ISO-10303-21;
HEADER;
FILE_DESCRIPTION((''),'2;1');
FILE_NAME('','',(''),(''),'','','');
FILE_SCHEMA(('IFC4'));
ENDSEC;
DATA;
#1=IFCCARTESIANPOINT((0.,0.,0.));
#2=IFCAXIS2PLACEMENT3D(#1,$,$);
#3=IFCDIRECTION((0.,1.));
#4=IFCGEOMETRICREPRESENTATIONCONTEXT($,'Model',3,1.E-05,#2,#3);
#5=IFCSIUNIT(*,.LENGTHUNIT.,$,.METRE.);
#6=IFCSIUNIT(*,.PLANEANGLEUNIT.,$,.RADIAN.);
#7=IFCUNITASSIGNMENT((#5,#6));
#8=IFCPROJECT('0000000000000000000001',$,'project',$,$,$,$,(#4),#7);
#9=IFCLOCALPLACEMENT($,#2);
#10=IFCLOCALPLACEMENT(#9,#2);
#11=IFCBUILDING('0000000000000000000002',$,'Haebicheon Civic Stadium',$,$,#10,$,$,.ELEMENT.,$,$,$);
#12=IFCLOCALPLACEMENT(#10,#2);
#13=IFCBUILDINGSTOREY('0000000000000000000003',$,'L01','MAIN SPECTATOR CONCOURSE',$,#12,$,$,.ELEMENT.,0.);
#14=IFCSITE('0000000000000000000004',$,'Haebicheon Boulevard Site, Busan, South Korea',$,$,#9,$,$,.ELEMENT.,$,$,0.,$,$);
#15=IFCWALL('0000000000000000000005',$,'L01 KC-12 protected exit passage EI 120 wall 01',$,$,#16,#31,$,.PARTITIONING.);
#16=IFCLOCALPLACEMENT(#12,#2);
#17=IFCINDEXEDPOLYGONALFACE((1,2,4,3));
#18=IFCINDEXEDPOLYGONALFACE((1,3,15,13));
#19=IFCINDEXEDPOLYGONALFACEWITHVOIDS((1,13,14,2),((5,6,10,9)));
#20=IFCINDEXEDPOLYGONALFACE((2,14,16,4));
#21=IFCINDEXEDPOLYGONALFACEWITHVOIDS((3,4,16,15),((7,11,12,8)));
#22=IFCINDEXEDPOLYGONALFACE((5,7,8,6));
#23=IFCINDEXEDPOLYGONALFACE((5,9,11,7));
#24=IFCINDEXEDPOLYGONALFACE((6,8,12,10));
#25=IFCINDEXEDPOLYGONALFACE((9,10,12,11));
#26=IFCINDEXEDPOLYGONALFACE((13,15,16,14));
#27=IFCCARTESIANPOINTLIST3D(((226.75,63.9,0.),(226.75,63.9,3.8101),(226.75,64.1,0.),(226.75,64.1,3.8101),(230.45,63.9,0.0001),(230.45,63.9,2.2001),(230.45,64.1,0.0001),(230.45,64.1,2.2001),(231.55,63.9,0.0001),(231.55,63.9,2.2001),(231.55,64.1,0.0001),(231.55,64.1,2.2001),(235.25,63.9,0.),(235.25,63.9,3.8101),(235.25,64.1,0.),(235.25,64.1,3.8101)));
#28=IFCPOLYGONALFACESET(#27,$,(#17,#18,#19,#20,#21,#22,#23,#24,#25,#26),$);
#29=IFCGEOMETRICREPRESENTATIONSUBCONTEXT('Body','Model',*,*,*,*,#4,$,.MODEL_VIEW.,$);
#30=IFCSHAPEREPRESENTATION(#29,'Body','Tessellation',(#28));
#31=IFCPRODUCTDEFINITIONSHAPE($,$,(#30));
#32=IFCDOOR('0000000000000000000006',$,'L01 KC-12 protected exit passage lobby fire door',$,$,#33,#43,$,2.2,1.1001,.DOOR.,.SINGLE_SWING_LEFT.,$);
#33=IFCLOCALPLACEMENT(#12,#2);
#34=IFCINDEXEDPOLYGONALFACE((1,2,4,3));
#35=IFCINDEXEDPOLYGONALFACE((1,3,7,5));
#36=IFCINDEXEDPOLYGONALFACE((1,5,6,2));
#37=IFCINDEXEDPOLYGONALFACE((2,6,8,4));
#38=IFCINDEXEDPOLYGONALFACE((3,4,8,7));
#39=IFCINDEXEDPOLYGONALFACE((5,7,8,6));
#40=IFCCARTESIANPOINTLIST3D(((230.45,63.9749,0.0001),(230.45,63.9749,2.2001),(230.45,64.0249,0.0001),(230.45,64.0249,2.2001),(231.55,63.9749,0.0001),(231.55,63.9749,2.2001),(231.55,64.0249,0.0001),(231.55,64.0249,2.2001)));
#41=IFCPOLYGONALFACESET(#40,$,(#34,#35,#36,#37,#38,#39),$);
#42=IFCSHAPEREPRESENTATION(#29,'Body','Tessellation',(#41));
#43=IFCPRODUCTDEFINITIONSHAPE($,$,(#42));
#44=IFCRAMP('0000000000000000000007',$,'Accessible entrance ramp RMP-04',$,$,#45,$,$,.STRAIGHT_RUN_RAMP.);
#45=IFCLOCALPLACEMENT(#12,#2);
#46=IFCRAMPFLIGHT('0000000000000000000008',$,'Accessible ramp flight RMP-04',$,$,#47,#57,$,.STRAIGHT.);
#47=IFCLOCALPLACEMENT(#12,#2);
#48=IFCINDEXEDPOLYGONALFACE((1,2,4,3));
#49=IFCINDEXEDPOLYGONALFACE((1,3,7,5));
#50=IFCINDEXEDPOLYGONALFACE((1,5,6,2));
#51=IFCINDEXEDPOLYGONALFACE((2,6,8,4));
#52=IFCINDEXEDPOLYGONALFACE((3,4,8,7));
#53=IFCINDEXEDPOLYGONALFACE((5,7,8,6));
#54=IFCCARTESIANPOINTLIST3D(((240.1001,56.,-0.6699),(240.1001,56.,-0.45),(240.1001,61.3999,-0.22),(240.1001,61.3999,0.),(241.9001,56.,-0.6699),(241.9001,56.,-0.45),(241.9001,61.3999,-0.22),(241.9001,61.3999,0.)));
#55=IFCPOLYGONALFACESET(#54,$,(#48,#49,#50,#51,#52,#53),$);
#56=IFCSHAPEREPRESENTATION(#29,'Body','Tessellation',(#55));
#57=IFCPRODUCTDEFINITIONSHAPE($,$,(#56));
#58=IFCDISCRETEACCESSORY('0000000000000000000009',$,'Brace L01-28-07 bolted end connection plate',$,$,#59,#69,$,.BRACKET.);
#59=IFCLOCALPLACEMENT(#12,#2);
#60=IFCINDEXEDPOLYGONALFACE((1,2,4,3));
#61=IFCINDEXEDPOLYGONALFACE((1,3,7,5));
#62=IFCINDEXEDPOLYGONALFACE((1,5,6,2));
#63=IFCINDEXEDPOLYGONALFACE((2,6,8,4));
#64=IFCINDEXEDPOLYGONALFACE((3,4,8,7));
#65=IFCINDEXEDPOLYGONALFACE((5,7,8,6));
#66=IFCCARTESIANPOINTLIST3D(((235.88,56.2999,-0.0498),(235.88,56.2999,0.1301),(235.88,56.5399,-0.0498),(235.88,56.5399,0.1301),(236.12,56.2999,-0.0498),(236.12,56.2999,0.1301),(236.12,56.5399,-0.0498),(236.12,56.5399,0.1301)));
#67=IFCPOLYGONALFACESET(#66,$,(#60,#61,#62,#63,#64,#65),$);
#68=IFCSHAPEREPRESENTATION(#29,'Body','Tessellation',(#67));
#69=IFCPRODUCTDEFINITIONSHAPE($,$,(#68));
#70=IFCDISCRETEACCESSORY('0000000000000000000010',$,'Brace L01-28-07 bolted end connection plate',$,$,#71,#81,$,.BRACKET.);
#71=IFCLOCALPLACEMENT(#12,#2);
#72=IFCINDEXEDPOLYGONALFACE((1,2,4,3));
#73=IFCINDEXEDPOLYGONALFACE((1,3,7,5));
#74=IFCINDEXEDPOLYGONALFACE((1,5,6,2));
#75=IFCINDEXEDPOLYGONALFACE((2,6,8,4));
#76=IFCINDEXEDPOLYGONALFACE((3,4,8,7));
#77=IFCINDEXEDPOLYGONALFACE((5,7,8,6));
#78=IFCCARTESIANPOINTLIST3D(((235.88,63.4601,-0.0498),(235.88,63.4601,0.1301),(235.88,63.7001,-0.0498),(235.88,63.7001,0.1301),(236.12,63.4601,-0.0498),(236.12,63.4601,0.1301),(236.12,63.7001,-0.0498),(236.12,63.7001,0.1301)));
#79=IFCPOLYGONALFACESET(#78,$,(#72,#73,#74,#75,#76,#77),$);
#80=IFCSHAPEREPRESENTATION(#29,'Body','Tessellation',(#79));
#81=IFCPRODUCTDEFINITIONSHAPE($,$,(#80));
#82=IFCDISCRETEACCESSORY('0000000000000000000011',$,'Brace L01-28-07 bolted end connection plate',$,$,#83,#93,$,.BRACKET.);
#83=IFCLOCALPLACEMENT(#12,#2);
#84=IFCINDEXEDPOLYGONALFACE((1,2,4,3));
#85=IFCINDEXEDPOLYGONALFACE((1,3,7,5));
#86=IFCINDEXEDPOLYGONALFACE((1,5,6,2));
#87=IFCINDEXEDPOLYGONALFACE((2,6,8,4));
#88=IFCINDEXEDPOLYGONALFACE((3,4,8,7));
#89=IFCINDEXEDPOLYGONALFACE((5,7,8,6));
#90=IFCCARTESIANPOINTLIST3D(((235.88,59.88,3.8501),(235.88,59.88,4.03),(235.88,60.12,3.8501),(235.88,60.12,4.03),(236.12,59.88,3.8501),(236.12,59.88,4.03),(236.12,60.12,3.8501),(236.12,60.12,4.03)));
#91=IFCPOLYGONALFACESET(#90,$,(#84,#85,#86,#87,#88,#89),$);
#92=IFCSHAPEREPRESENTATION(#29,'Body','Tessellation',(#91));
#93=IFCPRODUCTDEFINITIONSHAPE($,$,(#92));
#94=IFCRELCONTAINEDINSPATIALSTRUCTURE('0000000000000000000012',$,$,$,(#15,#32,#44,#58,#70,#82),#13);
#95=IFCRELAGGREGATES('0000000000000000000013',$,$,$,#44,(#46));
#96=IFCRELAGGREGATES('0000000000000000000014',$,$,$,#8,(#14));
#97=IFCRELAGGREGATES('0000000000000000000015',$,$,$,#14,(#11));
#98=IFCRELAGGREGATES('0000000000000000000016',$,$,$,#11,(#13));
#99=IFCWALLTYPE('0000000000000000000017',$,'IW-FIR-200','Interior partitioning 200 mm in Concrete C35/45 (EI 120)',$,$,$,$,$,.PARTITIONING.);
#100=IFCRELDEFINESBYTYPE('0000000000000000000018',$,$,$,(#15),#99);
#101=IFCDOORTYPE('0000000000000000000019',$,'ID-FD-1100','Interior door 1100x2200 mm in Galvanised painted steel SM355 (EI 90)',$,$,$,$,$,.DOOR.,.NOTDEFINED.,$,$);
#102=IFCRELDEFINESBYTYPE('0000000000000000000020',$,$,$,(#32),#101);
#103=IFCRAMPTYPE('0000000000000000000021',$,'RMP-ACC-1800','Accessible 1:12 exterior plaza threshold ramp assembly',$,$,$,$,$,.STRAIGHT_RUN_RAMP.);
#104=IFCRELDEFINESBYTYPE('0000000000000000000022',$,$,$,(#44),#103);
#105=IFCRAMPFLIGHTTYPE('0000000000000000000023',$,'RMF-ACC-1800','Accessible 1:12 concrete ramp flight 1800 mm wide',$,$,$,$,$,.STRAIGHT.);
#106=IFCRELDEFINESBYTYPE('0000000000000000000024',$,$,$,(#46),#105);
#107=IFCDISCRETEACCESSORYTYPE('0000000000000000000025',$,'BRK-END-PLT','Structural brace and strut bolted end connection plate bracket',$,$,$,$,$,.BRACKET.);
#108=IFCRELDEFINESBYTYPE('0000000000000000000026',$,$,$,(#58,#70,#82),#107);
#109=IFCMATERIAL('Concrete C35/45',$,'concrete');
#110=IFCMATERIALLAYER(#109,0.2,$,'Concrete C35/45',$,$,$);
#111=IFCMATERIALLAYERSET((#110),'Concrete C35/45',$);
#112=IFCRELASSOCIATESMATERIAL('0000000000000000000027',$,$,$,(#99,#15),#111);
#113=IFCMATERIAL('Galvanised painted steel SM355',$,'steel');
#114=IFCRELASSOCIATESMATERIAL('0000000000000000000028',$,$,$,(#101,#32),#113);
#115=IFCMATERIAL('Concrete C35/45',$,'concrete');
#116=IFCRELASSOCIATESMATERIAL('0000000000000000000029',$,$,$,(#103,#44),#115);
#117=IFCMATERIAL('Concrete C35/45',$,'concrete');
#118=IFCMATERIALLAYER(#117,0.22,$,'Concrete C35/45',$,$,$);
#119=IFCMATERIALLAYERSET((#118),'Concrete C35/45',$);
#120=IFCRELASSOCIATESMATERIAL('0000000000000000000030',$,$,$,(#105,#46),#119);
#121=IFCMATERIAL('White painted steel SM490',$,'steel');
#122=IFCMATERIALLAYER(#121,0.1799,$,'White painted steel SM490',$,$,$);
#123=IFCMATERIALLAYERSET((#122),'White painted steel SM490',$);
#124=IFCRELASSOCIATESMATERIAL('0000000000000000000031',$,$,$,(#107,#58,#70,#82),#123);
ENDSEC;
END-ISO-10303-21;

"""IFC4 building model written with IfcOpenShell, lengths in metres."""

from ifc_helpers import new_model, si_unit, direction, frame, frame_2d, origin, origin_2d, place, context, subcontext, project, spatial, polyline, rectangle, outline, extrude, material, layer, layer_set, type_object, element, fill, aggregate, save


model = new_model("IFC4")

# Units and contexts
model_context = context("Model", 3, precision=1e-05, world=origin(), true_north=direction((0.0, 1.0)))
body_context = subcontext(model_context, "Body", "Model", "MODEL_VIEW")
ifc_project = project(units=[si_unit("LENGTHUNIT", "METRE"), si_unit("PLANEANGLEUNIT", "RADIAN")], contexts=[model_context])

# Site, building, storey
site_placement = place(None, origin())
site = spatial("IfcSite", under=ifc_project, at=site_placement, Name="Haebicheon Boulevard Site, Busan, South Korea", CompositionType="ELEMENT", RefElevation=0.0)
building_placement = place(site_placement, origin())
building = spatial("IfcBuilding", under=site, at=building_placement, Name="Haebicheon Civic Stadium", CompositionType="ELEMENT")
storey_placement = place(building_placement, origin())
storey = spatial("IfcBuildingStorey", under=building, at=storey_placement, Name="L01", Description="MAIN SPECTATOR CONCOURSE", CompositionType="ELEMENT", Elevation=0.0)

# Wall, opening, door
ifc_material_1 = material(Name="Concrete C35/45", Category="concrete")
ifc_layer_1 = layer(ifc_material_1, 0.2, Name="Concrete C35/45")
ifc_layer_set_1 = layer_set([ifc_layer_1], Name="Concrete C35/45")
wall_type_1 = type_object("IfcWallType", Name="IW-FIR-200", Description="Interior partitioning 200 mm in Concrete C35/45 (EI 120)", PredefinedType="PARTITIONING", material=ifc_layer_set_1)
wall_1_placement = place(storey_placement, frame((226.75, 64.0, 0.0), z_axis=(0.0, 0.0, 1.0), x_axis=(1.0, 0.0, 0.0)))
wall_1 = element("IfcWall", 1, at=wall_1_placement, inside=storey, type_object=wall_type_1, material=ifc_layer_set_1, Name="L01 KC-12 protected exit passage EI 120 wall 01", PredefinedType="PARTITIONING", context=body_context, shape_type="SweptSolid", body=[
    extrude(rectangle(XDim=8.5, YDim=0.2, at=frame_2d((4.25, 0.0))), origin(), (0.0, 0.0, 1.0), 3.8101),
])
opening_1_placement = place(wall_1_placement, frame((3.7, 0.0, 0.0)))
opening_1 = element("IfcOpeningElement", 2, at=opening_1_placement, cuts=wall_1, PredefinedType="OPENING", context=body_context, shape_type="SweptSolid", body=[
    extrude(rectangle(XDim=1.1001, YDim=2.2, at=frame_2d((0.55, 1.1001))), frame((0.0, 0.1099, 0.0), z_axis=(0.0, -1.0, 0.0), x_axis=(1.0, 0.0, 0.0)), (0.0, 0.0, 1.0), 0.22),
])
ifc_material_2 = material(Name="Galvanised painted steel SM355", Category="steel")
door_type_1 = type_object("IfcDoorType", Name="ID-FD-1100", Description="Interior door 1100x2200 mm in Galvanised painted steel SM355 (EI 90)", OperationType="NOTDEFINED", PredefinedType="DOOR", material=ifc_material_2)
door_1_placement = place(opening_1_placement, origin())
door_1 = element("IfcDoor", 3, at=door_1_placement, inside=storey, type_object=door_type_1, material=ifc_material_2, Name="L01 KC-12 protected exit passage lobby fire door", OperationType="SINGLE_SWING_LEFT", OverallHeight=2.2, OverallWidth=1.1001, PredefinedType="DOOR", context=body_context, shape_type="SweptSolid", body=[
    extrude(rectangle(XDim=1.1001, YDim=2.2, at=frame_2d((0.55, 1.1001))), frame((0.0, 0.0249, 0.0), z_axis=(0.0, -1.0, 0.0), x_axis=(1.0, 0.0, 0.0)), (0.0, 0.0, 1.0), 0.05),
])
fill(opening_1, door_1)

# Ramp, ramp flight
ifc_material_3 = material(Name="Concrete C35/45", Category="concrete")
ramp_type = type_object("IfcRampType", Name="RMP-ACC-1800", Description="Accessible 1:12 exterior plaza threshold ramp assembly", PredefinedType="STRAIGHT_RUN_RAMP", material=ifc_material_3)
ramp_placement = place(storey_placement, origin())
ramp = element("IfcRamp", 4, at=ramp_placement, inside=storey, type_object=ramp_type, material=ifc_material_3, Name="Accessible entrance ramp RMP-04", PredefinedType="STRAIGHT_RUN_RAMP")
ifc_material_4 = material(Name="Concrete C35/45", Category="concrete")
ifc_layer_2 = layer(ifc_material_4, 0.22, Name="Concrete C35/45")
ifc_layer_set_2 = layer_set([ifc_layer_2], Name="Concrete C35/45")
ramp_flight_type = type_object("IfcRampFlightType", Name="RMF-ACC-1800", Description="Accessible 1:12 concrete ramp flight 1800 mm wide", PredefinedType="STRAIGHT", material=ifc_layer_set_2)
ramp_flight_placement = place(storey_placement, frame((241.0, 56.0, -0.45), z_axis=(0.0, 0.0, 1.0), x_axis=(0.0, 1.0, 0.0)))
ramp_flight = element("IfcRampFlight", 5, at=ramp_flight_placement, type_object=ramp_flight_type, material=ifc_layer_set_2, Name="Accessible ramp flight RMP-04", PredefinedType="STRAIGHT", context=body_context, shape_type="SweptSolid", body=[
    extrude(outline(polyline([(0.0, 0.0), (5.3999, 0.45), (5.3999, 0.23), (0.0, -0.22), (0.0, 0.0)])), frame((0.0, 0.8999, 0.0), z_axis=(0.0, -1.0, 0.0), x_axis=(1.0, 0.0, 0.0)), (0.0, 0.0, 1.0), 1.8),
])
aggregate(ramp, [ramp_flight])

# Discrete accessories
ifc_material_5 = material(Name="White painted steel SM490", Category="steel")
ifc_layer_3 = layer(ifc_material_5, 0.1799, Name="White painted steel SM490")
ifc_layer_set_3 = layer_set([ifc_layer_3], Name="White painted steel SM490")
discrete_accessory_type = type_object("IfcDiscreteAccessoryType", Name="BRK-END-PLT", Description="Structural brace and strut bolted end connection plate bracket", PredefinedType="BRACKET", material=ifc_layer_set_3)
for number, where, z_axis, x_axis, name in (
    (6, (236.0, 56.4199, -0.0498), (0.0, 0.0, 1.0), (1.0, 0.0, 0.0), "Brace L01-28-07 bolted end connection plate"),
    (7, (236.0, 63.5801, -0.0498), (0.0, 0.0, 1.0), (1.0, 0.0, 0.0), "Brace L01-28-07 bolted end connection plate"),
    (8, (236.0, 60.0, 3.8501), (0.0, 0.0, 1.0), (1.0, 0.0, 0.0), "Brace L01-28-07 bolted end connection plate"),
):
    element("IfcDiscreteAccessory", number, at=place(storey_placement, frame(where, z_axis=z_axis, x_axis=x_axis)), inside=storey, type_object=discrete_accessory_type, material=ifc_layer_set_3, Name=name, PredefinedType="BRACKET", context=body_context, shape_type="SweptSolid", body=[
        extrude(rectangle(XDim=0.24, YDim=0.24, at=origin_2d()), origin(), (0.0, 0.0, 1.0), 0.1799),
    ])

save(model, "model.ifc")
